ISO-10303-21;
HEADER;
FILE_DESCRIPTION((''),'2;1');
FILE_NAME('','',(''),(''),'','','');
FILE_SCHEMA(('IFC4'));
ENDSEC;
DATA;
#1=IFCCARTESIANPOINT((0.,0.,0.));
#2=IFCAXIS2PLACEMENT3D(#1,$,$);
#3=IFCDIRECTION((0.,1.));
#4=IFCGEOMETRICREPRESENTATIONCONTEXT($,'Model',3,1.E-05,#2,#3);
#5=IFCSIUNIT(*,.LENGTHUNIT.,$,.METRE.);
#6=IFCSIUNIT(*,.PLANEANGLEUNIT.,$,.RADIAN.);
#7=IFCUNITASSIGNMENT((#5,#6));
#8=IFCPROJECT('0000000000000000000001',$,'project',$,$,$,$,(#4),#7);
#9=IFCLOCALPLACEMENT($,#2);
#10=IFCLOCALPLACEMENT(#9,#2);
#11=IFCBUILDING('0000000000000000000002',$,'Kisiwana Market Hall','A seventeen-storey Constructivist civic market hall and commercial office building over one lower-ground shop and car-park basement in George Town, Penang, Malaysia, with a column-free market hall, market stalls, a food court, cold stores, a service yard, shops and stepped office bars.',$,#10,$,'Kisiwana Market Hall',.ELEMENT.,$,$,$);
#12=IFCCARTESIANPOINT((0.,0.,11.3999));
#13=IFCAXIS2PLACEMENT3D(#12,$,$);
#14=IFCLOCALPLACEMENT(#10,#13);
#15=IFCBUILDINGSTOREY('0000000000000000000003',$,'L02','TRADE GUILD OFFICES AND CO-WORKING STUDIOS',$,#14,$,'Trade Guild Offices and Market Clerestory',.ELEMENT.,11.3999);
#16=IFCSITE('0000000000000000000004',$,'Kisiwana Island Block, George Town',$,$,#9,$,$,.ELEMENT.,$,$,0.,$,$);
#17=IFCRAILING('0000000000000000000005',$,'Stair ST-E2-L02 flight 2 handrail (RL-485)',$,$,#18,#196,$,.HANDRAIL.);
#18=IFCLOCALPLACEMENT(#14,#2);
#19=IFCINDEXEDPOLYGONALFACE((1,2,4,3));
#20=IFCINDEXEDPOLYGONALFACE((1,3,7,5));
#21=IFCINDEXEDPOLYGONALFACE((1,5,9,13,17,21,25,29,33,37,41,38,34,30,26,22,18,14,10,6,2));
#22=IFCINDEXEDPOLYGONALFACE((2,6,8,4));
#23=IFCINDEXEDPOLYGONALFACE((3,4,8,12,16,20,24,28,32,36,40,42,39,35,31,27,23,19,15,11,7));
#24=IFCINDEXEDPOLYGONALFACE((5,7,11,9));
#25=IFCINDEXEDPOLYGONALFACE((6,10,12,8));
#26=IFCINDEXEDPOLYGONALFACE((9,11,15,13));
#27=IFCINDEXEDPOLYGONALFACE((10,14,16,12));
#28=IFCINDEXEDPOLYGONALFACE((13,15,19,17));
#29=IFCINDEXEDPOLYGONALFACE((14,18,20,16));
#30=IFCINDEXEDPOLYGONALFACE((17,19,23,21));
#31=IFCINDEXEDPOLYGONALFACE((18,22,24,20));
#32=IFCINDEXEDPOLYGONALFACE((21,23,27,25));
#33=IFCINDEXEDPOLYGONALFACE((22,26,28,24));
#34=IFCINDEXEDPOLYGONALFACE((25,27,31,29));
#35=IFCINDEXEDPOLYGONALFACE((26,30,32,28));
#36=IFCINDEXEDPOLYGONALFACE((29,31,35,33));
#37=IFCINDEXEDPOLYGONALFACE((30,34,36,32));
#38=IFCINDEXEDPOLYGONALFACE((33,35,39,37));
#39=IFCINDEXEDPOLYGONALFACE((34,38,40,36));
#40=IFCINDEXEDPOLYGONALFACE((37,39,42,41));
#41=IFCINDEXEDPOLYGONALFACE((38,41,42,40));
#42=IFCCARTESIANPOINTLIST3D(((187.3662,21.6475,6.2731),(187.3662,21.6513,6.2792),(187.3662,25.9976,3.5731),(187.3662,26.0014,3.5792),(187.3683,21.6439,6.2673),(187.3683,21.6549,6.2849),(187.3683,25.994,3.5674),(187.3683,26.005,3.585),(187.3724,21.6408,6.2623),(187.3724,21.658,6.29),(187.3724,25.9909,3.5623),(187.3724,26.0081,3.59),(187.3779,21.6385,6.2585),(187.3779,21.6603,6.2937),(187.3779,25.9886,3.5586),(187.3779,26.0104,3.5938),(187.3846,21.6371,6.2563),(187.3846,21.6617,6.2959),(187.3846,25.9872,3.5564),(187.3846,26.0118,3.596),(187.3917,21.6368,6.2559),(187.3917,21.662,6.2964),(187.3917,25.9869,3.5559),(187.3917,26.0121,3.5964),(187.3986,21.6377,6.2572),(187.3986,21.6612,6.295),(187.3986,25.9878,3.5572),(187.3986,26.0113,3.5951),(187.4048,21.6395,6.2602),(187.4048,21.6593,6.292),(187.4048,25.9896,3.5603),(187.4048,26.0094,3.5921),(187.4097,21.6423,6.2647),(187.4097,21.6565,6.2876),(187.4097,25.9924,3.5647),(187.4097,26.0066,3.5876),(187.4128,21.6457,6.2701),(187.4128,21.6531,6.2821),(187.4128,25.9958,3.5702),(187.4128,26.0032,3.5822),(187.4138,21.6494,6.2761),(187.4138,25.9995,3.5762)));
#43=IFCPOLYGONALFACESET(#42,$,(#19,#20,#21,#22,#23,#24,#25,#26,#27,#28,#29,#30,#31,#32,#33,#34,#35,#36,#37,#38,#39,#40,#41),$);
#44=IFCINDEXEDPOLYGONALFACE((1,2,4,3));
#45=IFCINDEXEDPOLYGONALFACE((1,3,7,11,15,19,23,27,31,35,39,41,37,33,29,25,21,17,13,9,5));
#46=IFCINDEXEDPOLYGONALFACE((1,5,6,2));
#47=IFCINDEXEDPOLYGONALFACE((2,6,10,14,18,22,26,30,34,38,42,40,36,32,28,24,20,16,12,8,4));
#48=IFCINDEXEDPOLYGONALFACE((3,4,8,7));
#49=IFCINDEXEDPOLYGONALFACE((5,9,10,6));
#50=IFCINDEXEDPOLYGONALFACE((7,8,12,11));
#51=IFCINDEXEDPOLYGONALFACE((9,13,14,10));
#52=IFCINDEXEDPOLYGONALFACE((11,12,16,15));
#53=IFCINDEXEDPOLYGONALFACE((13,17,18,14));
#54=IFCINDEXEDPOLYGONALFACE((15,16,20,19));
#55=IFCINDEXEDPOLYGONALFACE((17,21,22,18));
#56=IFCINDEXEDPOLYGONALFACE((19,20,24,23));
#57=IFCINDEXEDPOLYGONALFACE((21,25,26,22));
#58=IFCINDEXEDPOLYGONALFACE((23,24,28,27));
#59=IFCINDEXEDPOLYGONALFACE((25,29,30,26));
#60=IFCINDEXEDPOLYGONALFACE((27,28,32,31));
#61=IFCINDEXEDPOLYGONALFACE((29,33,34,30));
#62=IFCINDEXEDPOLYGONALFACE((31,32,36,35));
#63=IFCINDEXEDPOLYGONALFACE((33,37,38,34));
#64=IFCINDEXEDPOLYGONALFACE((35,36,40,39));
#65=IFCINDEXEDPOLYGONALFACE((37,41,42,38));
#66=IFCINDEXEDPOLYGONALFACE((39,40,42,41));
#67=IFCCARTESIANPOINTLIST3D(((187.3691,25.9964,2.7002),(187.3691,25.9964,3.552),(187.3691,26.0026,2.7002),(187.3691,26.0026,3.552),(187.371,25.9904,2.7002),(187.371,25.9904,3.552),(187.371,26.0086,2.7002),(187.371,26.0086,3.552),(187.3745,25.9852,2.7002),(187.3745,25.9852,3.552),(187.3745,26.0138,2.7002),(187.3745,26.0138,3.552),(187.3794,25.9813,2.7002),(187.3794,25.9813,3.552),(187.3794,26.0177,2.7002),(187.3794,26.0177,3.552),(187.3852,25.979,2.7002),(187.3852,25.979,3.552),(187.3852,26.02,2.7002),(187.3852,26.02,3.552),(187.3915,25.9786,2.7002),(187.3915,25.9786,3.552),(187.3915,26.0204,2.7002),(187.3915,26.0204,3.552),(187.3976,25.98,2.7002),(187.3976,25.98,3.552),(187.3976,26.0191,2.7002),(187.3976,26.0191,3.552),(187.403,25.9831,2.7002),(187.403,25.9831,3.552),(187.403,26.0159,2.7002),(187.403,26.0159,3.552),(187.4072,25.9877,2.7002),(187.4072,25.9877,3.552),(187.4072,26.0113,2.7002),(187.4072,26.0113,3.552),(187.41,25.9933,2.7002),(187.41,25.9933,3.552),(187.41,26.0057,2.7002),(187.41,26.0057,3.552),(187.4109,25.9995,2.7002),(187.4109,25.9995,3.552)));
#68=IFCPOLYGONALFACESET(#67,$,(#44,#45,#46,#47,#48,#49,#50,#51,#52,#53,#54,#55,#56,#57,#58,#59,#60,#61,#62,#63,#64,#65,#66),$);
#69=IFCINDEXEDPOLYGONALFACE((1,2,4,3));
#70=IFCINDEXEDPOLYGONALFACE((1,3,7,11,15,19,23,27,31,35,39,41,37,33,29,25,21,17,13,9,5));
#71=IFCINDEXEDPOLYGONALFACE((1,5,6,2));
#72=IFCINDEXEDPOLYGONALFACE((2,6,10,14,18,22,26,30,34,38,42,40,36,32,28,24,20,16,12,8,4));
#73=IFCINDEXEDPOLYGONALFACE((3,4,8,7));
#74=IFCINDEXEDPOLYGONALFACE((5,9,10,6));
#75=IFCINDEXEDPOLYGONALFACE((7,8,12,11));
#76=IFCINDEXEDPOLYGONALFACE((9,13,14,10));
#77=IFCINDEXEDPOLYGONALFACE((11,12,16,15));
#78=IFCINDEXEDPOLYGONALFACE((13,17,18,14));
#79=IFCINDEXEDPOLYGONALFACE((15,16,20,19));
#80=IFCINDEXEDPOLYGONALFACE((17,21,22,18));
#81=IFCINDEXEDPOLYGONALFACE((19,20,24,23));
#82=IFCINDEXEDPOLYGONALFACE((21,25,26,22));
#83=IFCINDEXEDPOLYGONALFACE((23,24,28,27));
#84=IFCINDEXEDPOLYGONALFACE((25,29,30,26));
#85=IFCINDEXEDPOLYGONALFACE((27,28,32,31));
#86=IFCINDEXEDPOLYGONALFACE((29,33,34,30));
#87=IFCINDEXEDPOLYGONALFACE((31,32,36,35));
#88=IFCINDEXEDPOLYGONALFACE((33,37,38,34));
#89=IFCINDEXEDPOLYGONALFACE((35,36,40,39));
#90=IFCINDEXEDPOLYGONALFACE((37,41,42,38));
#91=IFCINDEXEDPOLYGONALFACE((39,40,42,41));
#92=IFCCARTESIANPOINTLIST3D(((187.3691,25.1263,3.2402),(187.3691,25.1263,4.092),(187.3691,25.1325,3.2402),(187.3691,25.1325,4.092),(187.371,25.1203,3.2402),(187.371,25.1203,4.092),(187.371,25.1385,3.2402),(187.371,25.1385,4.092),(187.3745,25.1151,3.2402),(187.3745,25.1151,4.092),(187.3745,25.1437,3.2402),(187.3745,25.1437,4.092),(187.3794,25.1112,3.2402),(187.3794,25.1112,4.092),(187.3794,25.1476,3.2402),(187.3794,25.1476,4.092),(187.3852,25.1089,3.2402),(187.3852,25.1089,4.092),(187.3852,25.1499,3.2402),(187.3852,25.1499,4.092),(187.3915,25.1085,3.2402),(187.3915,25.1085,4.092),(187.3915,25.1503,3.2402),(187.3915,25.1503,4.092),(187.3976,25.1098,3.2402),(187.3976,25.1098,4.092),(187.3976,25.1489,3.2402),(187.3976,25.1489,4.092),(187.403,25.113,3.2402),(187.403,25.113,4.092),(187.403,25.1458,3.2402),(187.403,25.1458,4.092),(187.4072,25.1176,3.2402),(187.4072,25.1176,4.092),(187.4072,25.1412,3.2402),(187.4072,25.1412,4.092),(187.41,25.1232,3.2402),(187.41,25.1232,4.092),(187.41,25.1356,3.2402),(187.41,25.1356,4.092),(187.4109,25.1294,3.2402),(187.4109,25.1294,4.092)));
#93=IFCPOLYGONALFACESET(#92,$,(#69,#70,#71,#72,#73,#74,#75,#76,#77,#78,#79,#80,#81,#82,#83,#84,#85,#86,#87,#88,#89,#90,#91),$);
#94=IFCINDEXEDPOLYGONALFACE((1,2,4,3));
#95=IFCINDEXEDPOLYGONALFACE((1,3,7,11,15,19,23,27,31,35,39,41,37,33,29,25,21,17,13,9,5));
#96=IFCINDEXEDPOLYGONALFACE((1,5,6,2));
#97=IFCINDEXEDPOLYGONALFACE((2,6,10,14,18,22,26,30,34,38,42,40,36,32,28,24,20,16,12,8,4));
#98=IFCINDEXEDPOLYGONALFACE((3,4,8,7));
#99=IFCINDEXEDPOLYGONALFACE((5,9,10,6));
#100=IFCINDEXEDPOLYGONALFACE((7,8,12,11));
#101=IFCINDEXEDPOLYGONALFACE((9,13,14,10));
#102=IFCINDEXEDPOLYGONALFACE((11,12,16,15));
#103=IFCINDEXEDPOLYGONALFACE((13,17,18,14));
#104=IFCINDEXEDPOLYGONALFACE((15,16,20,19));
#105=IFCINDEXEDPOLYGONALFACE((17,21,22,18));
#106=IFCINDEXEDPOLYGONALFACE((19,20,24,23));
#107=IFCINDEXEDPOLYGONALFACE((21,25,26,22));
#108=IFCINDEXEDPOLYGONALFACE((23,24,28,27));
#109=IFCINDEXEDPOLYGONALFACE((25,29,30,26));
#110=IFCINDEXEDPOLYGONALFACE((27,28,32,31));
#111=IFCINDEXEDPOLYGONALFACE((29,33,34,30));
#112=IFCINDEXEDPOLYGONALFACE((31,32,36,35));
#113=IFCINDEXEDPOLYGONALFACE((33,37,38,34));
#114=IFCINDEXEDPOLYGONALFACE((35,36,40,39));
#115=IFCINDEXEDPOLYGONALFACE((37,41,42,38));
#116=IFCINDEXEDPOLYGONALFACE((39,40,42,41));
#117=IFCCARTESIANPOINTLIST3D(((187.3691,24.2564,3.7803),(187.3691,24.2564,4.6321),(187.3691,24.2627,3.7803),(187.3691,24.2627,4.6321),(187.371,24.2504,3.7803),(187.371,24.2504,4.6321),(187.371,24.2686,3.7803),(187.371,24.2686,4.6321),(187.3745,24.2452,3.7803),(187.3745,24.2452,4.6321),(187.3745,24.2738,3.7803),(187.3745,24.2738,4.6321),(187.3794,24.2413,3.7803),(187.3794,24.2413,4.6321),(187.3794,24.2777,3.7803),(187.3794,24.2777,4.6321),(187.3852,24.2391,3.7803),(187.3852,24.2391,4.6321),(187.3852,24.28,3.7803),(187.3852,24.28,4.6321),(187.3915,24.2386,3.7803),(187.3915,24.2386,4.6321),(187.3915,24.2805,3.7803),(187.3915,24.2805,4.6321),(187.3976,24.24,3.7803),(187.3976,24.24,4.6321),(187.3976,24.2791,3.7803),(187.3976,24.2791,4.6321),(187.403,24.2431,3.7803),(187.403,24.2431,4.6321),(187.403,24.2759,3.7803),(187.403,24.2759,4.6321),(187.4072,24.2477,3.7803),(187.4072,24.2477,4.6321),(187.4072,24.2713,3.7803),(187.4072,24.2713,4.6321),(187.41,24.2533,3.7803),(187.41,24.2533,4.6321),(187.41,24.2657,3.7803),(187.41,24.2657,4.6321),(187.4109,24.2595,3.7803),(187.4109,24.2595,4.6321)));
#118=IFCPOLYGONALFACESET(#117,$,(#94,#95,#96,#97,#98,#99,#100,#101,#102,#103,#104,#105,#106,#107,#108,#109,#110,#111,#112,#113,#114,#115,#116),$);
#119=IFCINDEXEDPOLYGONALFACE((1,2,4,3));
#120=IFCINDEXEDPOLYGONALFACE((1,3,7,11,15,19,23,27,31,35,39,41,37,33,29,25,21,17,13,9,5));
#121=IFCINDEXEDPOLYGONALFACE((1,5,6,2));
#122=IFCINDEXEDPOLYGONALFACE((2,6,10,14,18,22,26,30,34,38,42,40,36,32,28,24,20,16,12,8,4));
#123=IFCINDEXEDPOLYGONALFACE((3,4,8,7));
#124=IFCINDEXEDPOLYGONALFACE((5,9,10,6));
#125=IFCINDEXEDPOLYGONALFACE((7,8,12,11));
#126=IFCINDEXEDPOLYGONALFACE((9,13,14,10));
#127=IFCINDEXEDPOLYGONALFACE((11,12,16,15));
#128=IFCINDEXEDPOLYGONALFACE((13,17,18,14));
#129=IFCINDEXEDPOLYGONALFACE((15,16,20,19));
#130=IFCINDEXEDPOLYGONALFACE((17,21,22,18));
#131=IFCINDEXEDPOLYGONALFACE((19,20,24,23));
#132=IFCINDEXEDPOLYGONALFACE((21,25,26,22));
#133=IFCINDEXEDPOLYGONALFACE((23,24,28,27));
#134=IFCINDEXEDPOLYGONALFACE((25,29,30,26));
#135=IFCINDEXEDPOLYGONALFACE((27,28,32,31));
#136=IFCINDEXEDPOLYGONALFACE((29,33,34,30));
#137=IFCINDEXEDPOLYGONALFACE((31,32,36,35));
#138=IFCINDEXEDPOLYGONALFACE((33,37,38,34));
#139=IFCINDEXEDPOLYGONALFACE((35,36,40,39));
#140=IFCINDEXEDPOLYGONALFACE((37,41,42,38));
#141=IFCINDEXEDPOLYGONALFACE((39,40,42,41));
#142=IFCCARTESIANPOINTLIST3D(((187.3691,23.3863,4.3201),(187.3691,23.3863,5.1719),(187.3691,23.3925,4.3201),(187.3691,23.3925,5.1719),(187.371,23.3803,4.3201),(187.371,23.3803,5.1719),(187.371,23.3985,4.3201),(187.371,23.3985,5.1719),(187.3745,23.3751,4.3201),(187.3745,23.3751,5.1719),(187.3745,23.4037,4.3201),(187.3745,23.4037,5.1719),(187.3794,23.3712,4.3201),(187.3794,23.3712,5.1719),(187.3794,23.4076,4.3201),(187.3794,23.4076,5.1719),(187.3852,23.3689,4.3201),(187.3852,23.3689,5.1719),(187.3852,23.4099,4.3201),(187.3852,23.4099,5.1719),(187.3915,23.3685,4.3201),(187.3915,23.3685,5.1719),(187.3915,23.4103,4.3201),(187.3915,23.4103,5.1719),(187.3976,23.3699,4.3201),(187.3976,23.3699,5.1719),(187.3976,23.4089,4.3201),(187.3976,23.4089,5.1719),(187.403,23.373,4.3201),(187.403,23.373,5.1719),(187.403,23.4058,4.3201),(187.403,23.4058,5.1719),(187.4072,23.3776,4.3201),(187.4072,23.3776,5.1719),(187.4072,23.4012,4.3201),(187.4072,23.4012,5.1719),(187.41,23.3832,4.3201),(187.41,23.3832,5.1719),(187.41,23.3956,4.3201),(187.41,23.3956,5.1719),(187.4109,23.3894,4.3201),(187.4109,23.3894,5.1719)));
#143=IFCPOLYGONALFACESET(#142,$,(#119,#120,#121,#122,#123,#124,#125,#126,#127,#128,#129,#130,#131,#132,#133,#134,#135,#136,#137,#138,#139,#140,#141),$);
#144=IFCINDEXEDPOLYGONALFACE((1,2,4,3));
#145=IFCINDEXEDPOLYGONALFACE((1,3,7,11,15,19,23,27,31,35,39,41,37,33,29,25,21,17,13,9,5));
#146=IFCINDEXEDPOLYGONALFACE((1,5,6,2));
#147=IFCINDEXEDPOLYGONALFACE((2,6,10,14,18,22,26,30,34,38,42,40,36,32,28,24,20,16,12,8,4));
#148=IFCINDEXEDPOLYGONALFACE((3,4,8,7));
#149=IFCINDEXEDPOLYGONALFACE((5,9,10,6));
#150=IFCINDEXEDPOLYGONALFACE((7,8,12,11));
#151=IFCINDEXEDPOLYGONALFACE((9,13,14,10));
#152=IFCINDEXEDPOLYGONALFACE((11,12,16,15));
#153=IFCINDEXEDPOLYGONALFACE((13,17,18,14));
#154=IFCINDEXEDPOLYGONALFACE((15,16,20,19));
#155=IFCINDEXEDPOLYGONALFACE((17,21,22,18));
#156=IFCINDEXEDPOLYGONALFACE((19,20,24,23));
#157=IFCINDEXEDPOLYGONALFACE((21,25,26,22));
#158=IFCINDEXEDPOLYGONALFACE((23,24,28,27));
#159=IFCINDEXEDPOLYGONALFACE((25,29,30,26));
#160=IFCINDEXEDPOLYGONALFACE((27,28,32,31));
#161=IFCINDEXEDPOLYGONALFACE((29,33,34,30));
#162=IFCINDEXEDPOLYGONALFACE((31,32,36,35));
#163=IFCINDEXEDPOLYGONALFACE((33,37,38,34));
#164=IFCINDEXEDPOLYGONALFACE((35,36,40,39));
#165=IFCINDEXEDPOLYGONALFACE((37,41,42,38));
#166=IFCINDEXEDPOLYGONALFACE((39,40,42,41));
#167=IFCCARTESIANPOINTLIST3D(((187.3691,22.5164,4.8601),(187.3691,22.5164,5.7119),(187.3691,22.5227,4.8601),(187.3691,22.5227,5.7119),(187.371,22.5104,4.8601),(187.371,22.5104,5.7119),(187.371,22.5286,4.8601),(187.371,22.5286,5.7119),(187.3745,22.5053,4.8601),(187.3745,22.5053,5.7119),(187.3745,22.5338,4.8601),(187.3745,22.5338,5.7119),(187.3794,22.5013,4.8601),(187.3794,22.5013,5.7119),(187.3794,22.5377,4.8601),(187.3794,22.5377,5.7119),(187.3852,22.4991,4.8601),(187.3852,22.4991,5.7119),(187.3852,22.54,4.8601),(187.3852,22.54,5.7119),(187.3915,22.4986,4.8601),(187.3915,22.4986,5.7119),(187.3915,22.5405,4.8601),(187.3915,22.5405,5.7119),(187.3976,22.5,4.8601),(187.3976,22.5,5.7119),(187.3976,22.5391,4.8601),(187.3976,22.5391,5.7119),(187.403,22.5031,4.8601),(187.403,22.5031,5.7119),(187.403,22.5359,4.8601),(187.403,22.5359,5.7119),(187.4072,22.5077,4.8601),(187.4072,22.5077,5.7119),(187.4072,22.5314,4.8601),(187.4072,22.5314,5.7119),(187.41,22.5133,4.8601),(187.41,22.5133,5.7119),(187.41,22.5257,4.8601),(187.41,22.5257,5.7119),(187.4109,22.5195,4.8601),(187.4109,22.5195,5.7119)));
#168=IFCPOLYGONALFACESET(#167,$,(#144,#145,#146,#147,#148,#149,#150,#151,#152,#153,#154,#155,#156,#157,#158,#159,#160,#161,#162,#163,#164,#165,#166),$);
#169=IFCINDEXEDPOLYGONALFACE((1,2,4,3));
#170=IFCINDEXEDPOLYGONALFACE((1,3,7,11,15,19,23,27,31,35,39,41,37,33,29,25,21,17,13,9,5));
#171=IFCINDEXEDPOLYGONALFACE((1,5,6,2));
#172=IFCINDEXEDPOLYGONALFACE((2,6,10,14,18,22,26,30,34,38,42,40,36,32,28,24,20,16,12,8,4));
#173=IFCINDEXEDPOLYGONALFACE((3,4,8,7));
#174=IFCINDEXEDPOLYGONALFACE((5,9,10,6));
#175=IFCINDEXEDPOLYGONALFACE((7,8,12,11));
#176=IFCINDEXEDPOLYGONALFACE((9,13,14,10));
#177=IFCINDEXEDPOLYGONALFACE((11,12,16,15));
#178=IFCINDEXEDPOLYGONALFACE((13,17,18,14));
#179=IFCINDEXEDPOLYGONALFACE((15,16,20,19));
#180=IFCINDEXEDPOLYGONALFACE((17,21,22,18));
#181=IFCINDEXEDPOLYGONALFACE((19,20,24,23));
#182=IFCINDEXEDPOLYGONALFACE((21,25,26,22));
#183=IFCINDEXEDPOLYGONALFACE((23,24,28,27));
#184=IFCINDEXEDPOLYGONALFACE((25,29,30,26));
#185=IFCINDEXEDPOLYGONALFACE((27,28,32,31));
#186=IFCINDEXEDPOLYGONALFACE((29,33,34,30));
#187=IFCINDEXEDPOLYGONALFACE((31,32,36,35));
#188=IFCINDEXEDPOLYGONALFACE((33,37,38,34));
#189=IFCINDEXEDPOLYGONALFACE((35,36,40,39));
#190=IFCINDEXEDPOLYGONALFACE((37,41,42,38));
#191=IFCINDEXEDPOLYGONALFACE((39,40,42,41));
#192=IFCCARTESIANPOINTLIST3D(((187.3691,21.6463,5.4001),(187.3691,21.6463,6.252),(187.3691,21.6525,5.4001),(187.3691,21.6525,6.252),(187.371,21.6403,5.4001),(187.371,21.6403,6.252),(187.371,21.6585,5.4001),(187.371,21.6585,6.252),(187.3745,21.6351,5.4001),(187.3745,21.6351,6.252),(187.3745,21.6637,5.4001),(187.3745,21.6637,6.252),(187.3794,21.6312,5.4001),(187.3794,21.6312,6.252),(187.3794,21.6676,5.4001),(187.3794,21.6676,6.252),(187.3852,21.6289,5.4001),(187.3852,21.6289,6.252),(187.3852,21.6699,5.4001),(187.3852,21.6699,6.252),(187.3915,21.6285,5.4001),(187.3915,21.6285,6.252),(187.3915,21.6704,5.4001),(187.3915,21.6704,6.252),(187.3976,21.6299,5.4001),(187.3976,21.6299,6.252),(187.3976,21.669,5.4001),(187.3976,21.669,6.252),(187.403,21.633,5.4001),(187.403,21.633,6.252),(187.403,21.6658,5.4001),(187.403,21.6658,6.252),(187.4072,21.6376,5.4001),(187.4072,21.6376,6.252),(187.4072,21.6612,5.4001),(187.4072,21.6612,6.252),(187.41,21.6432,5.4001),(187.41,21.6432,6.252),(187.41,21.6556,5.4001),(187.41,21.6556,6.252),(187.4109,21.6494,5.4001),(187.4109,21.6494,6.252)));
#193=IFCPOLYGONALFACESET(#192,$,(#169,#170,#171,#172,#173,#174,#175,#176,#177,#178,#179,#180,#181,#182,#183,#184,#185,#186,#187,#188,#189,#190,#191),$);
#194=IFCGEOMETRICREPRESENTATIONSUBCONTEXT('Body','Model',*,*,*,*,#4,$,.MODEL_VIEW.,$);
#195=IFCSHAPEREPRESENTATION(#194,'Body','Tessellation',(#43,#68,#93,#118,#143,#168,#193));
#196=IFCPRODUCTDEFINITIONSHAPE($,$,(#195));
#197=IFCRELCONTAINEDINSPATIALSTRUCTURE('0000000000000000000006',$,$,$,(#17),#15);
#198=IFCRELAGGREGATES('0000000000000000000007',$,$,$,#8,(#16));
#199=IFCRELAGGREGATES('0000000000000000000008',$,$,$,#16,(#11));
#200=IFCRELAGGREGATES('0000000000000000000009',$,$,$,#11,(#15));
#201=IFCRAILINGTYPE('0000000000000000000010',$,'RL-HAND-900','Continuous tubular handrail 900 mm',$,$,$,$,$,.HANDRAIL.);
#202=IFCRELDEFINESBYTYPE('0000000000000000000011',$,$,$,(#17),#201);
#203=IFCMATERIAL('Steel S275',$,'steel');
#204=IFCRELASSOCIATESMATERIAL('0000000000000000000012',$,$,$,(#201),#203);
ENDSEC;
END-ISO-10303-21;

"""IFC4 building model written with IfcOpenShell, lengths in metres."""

from ifc_helpers import new_model, si_unit, direction, frame, origin, origin_2d, place, context, subcontext, project, spatial, circle, extrude, material, type_object, element, save


model = new_model("IFC4")

# Units and contexts
model_context = context("Model", 3, precision=1e-05, world=origin(), true_north=direction((0.0, 1.0)))
body_context = subcontext(model_context, "Body", "Model", "MODEL_VIEW")
ifc_project = project(units=[si_unit("LENGTHUNIT", "METRE"), si_unit("PLANEANGLEUNIT", "RADIAN")], contexts=[model_context])

# Site, building, storey
site_placement = place(None, origin())
site = spatial("IfcSite", under=ifc_project, at=site_placement, Name="Kisiwana Island Block, George Town", CompositionType="ELEMENT", RefElevation=0.0)
building_placement = place(site_placement, origin())
building = spatial("IfcBuilding", under=site, at=building_placement, Name="Kisiwana Market Hall", Description="A seventeen-storey Constructivist civic market hall and commercial office building over one lower-ground shop and car-park basement in George Town, Penang, Malaysia, with a column-free market hall, market stalls, a food court, cold stores, a service yard, shops and stepped office bars.", LongName="Kisiwana Market Hall", CompositionType="ELEMENT")
storey_placement = place(building_placement, frame((0.0, 0.0, 11.3999)))
storey = spatial("IfcBuildingStorey", under=building, at=storey_placement, Name="L02", Description="TRADE GUILD OFFICES AND CO-WORKING STUDIOS", LongName="Trade Guild Offices and Market Clerestory", CompositionType="ELEMENT", Elevation=11.3999)

# Railing
ifc_material_1 = material(Name="Steel S275", Category="steel")
railing_type_1 = type_object("IfcRailingType", Name="RL-HAND-900", Description="Continuous tubular handrail 900 mm", PredefinedType="HANDRAIL", material=ifc_material_1)
railing_1_placement = place(storey_placement, frame((187.3899, 25.9995, 2.7002)))
element("IfcRailing", 1, at=railing_1_placement, inside=storey, type_object=railing_type_1, Name="Stair ST-E2-L02 flight 2 handrail (RL-485)", PredefinedType="HANDRAIL", context=body_context, shape_type="SweptSolid", body=[
    extrude(circle(Radius=0.0239, at=origin_2d()), frame((0.0, 0.0, 0.876), z_axis=(0.0, -0.84965, 0.527347), x_axis=(1.0, 0.0, 0.0)), (0.0, 0.0, 1.0), 5.1199),
    extrude(circle(Radius=0.021, at=origin_2d()), origin(), (0.0, 0.0, 1.0), 0.8518),
    extrude(circle(Radius=0.021, at=origin_2d()), frame((0.0, -0.8701, 0.54)), (0.0, 0.0, 1.0), 0.8518),
    extrude(circle(Radius=0.021, at=origin_2d()), frame((0.0, -1.74, 1.0801)), (0.0, 0.0, 1.0), 0.8518),
    extrude(circle(Radius=0.021, at=origin_2d()), frame((0.0, -2.6101, 1.6199)), (0.0, 0.0, 1.0), 0.8518),
    extrude(circle(Radius=0.021, at=origin_2d()), frame((0.0, -3.48, 2.1599)), (0.0, 0.0, 1.0), 0.8518),
    extrude(circle(Radius=0.021, at=origin_2d()), frame((0.0, -4.3501, 2.7)), (0.0, 0.0, 1.0), 0.8518),
])

save(model, "model.ifc")
